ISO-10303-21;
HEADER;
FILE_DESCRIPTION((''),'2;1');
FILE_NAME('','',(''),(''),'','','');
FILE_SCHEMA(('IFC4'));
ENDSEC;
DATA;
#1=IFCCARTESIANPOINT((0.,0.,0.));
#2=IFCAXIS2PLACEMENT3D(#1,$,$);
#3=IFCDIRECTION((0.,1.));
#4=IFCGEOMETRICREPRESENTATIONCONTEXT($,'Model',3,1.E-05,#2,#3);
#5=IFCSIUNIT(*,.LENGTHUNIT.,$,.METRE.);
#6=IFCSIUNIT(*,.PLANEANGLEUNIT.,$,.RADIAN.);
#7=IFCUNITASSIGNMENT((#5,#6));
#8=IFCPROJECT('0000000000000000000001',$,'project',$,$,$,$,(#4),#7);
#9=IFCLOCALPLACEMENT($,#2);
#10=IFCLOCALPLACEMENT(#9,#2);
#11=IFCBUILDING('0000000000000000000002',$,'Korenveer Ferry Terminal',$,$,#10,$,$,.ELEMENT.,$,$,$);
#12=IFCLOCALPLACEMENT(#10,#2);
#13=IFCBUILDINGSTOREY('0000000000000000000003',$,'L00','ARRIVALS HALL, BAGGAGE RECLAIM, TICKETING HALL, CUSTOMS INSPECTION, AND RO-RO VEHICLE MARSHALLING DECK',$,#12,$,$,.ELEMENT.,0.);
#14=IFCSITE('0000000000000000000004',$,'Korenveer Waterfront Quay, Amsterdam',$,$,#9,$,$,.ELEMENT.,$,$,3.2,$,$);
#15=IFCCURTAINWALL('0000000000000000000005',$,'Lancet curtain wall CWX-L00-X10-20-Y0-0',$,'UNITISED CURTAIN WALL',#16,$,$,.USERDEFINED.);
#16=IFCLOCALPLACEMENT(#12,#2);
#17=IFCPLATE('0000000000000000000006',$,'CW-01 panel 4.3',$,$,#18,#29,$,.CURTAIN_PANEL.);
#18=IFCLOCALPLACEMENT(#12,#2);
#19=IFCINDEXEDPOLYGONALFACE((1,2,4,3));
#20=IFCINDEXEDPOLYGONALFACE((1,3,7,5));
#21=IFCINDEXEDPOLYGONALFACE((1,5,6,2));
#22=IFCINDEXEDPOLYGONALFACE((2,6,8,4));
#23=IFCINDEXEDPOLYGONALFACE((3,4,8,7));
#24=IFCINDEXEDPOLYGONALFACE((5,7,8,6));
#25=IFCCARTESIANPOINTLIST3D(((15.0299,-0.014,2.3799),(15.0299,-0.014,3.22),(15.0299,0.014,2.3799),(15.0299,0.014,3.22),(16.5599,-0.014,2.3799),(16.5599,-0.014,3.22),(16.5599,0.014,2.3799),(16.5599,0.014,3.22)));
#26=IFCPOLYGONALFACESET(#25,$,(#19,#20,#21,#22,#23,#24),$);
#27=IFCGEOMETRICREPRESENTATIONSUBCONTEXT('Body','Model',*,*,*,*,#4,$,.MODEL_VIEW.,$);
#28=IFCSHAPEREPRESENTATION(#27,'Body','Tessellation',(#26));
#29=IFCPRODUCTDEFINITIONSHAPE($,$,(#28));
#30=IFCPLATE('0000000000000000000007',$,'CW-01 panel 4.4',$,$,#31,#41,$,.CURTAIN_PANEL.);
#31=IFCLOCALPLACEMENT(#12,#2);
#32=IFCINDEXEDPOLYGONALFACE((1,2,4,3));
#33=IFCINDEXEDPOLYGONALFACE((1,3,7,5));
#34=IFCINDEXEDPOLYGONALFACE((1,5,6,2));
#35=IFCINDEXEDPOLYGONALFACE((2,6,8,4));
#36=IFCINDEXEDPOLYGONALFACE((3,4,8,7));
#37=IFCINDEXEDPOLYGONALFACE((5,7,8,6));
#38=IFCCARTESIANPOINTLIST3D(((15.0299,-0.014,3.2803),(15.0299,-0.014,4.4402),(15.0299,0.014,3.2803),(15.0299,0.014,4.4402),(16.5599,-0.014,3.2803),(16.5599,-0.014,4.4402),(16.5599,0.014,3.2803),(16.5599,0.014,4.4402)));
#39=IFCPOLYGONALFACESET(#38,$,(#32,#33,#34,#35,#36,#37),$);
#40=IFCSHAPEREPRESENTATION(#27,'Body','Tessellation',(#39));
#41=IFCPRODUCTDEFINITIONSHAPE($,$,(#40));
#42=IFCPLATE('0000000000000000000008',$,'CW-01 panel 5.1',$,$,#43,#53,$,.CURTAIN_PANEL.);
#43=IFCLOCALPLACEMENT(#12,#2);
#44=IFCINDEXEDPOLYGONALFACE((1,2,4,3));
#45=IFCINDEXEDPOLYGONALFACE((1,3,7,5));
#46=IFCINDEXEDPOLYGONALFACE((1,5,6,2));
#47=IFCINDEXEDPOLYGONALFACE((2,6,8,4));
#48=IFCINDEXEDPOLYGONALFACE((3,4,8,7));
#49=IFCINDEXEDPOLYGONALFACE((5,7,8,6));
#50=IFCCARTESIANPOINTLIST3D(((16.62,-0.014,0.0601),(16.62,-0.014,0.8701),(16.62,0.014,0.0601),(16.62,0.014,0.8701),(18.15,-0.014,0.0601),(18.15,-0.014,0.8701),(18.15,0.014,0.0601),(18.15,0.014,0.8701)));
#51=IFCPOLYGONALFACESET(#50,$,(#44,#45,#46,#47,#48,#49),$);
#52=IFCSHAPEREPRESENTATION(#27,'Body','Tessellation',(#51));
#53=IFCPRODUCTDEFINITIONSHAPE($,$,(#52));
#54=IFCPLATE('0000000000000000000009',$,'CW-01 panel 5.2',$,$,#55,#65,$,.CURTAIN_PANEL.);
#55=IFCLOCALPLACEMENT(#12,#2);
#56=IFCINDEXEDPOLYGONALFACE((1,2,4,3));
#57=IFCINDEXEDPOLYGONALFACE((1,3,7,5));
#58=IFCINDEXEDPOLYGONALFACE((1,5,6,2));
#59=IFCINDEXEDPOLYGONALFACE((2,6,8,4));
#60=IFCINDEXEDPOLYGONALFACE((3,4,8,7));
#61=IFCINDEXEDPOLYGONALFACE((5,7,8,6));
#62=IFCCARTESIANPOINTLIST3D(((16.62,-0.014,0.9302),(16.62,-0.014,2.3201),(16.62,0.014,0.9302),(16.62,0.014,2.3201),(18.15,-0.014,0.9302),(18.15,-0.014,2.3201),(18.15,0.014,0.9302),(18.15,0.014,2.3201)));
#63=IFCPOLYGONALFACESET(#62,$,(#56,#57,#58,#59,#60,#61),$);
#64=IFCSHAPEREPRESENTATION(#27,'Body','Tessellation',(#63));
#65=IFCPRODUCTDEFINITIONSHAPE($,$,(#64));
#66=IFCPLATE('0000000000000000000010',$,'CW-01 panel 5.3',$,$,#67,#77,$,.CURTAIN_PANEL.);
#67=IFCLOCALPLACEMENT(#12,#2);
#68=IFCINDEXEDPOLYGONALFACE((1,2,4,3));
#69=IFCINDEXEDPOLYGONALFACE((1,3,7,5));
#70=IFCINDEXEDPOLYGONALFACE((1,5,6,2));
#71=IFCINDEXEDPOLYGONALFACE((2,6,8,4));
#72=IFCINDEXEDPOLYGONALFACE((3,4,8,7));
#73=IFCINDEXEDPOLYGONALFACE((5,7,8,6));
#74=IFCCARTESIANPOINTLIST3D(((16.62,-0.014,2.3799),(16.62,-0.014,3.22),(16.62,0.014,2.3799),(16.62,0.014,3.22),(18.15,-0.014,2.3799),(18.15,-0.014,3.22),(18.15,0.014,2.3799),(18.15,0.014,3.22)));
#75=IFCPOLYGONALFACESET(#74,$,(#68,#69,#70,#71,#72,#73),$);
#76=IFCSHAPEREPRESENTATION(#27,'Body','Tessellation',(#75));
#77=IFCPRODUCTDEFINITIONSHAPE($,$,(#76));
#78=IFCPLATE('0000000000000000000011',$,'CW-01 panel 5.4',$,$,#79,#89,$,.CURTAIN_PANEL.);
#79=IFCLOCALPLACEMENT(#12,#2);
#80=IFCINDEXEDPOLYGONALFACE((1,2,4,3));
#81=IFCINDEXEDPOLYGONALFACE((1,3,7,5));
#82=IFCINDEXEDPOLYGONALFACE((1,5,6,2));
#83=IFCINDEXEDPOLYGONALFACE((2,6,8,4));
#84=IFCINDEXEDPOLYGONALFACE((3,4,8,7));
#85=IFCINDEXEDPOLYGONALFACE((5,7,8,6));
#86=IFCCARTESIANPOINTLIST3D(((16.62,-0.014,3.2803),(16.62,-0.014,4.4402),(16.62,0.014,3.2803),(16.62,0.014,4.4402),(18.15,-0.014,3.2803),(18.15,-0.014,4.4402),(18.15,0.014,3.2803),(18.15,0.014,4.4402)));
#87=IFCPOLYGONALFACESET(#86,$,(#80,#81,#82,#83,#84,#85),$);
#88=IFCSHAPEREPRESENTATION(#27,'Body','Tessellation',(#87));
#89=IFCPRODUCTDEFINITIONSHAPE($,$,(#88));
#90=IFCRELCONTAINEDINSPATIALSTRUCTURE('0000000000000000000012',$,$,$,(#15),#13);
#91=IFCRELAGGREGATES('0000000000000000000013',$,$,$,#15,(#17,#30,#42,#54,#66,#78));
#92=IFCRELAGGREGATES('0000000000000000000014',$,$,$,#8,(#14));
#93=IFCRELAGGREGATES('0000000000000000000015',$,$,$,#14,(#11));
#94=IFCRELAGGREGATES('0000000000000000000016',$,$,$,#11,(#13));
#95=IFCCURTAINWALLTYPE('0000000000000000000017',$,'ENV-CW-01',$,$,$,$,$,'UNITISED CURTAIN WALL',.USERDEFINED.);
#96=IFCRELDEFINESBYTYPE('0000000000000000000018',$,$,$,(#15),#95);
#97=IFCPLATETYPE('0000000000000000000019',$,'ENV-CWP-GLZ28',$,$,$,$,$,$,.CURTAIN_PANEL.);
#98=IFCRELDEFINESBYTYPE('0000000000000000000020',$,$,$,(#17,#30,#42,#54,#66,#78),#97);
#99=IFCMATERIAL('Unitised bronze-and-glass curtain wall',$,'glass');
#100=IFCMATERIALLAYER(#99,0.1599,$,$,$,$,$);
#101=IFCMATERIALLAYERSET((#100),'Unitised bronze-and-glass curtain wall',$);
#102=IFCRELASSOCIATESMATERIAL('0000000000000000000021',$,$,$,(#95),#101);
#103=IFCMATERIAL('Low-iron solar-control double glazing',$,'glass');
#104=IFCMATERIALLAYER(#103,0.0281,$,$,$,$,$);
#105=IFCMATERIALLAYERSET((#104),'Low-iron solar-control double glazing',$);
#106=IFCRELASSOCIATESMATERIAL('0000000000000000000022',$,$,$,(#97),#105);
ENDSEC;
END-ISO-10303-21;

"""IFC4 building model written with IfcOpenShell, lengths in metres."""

from ifc_helpers import new_model, si_unit, direction, frame, origin, origin_2d, place, context, subcontext, project, spatial, rectangle, extrude, material, layer, layer_set, type_object, element, aggregate, save


model = new_model("IFC4")

# Units and contexts
model_context = context("Model", 3, precision=1e-05, world=origin(), true_north=direction((0.0, 1.0)))
body_context = subcontext(model_context, "Body", "Model", "MODEL_VIEW")
ifc_project = project(units=[si_unit("LENGTHUNIT", "METRE"), si_unit("PLANEANGLEUNIT", "RADIAN")], contexts=[model_context])

# Site, building, storey
site_placement = place(None, origin())
site = spatial("IfcSite", under=ifc_project, at=site_placement, Name="Korenveer Waterfront Quay, Amsterdam", CompositionType="ELEMENT", RefElevation=3.2)
building_placement = place(site_placement, origin())
building = spatial("IfcBuilding", under=site, at=building_placement, Name="Korenveer Ferry Terminal", CompositionType="ELEMENT")
storey_placement = place(building_placement, origin())
storey = spatial("IfcBuildingStorey", under=building, at=storey_placement, Name="L00", Description="ARRIVALS HALL, BAGGAGE RECLAIM, TICKETING HALL, CUSTOMS INSPECTION, AND RO-RO VEHICLE MARSHALLING DECK", CompositionType="ELEMENT", Elevation=0.0)

# Curtain wall, plates
ifc_material_1 = material(Name="Unitised bronze-and-glass curtain wall", Category="glass")
ifc_layer_1 = layer(ifc_material_1, 0.1599)
ifc_layer_set_1 = layer_set([ifc_layer_1], Name="Unitised bronze-and-glass curtain wall")
curtain_wall_type = type_object("IfcCurtainWallType", Name="ENV-CW-01", ElementType="UNITISED CURTAIN WALL", PredefinedType="USERDEFINED", material=ifc_layer_set_1)
curtain_wall_placement = place(storey_placement, frame((10.23, 0.0, 0.0)))
curtain_wall = element("IfcCurtainWall", 1, at=curtain_wall_placement, inside=storey, type_object=curtain_wall_type, Name="Lancet curtain wall CWX-L00-X10-20-Y0-0", ObjectType="UNITISED CURTAIN WALL", PredefinedType="USERDEFINED")
ifc_material_2 = material(Name="Low-iron solar-control double glazing", Category="glass")
ifc_layer_2 = layer(ifc_material_2, 0.0281)
ifc_layer_set_2 = layer_set([ifc_layer_2], Name="Low-iron solar-control double glazing")
plate_type = type_object("IfcPlateType", Name="ENV-CWP-GLZ28", PredefinedType="CURTAIN_PANEL", material=ifc_layer_set_2)
plate_1_placement = place(storey_placement, frame((15.7949, 0.0, 2.3799), z_axis=(0.0, 0.0, 1.0), x_axis=(1.0, 0.0, 0.0)))
plate_1 = element("IfcPlate", 2, at=plate_1_placement, type_object=plate_type, Name="CW-01 panel 4.3", PredefinedType="CURTAIN_PANEL", context=body_context, shape_type="SweptSolid", body=[
    extrude(rectangle(XDim=1.53, YDim=0.0281, at=origin_2d()), origin(), (0.0, 0.0, 1.0), 0.8401),
])
plate_2_placement = place(storey_placement, frame((15.7949, 0.0, 3.2803), z_axis=(0.0, 0.0, 1.0), x_axis=(1.0, 0.0, 0.0)))
plate_2 = element("IfcPlate", 3, at=plate_2_placement, type_object=plate_type, Name="CW-01 panel 4.4", PredefinedType="CURTAIN_PANEL", context=body_context, shape_type="SweptSolid", body=[
    extrude(rectangle(XDim=1.53, YDim=0.0281, at=origin_2d()), origin(), (0.0, 0.0, 1.0), 1.1599),
])
plate_3_placement = place(storey_placement, frame((17.385, 0.0, 0.0601), z_axis=(0.0, 0.0, 1.0), x_axis=(1.0, 0.0, 0.0)))
plate_3 = element("IfcPlate", 4, at=plate_3_placement, type_object=plate_type, Name="CW-01 panel 5.1", PredefinedType="CURTAIN_PANEL", context=body_context, shape_type="SweptSolid", body=[
    extrude(rectangle(XDim=1.53, YDim=0.0281, at=origin_2d()), origin(), (0.0, 0.0, 1.0), 0.8101),
])
plate_4_placement = place(storey_placement, frame((17.385, 0.0, 0.9302), z_axis=(0.0, 0.0, 1.0), x_axis=(1.0, 0.0, 0.0)))
plate_4 = element("IfcPlate", 5, at=plate_4_placement, type_object=plate_type, Name="CW-01 panel 5.2", PredefinedType="CURTAIN_PANEL", context=body_context, shape_type="SweptSolid", body=[
    extrude(rectangle(XDim=1.53, YDim=0.0281, at=origin_2d()), origin(), (0.0, 0.0, 1.0), 1.3899),
])
plate_5_placement = place(storey_placement, frame((17.385, 0.0, 2.3799), z_axis=(0.0, 0.0, 1.0), x_axis=(1.0, 0.0, 0.0)))
plate_5 = element("IfcPlate", 6, at=plate_5_placement, type_object=plate_type, Name="CW-01 panel 5.3", PredefinedType="CURTAIN_PANEL", context=body_context, shape_type="SweptSolid", body=[
    extrude(rectangle(XDim=1.53, YDim=0.0281, at=origin_2d()), origin(), (0.0, 0.0, 1.0), 0.8401),
])
plate_6_placement = place(storey_placement, frame((17.385, 0.0, 3.2803), z_axis=(0.0, 0.0, 1.0), x_axis=(1.0, 0.0, 0.0)))
plate_6 = element("IfcPlate", 7, at=plate_6_placement, type_object=plate_type, Name="CW-01 panel 5.4", PredefinedType="CURTAIN_PANEL", context=body_context, shape_type="SweptSolid", body=[
    extrude(rectangle(XDim=1.53, YDim=0.0281, at=origin_2d()), origin(), (0.0, 0.0, 1.0), 1.1599),
])
aggregate(curtain_wall, [plate_1, plate_2, plate_3, plate_4, plate_5, plate_6])

save(model, "model.ifc")
